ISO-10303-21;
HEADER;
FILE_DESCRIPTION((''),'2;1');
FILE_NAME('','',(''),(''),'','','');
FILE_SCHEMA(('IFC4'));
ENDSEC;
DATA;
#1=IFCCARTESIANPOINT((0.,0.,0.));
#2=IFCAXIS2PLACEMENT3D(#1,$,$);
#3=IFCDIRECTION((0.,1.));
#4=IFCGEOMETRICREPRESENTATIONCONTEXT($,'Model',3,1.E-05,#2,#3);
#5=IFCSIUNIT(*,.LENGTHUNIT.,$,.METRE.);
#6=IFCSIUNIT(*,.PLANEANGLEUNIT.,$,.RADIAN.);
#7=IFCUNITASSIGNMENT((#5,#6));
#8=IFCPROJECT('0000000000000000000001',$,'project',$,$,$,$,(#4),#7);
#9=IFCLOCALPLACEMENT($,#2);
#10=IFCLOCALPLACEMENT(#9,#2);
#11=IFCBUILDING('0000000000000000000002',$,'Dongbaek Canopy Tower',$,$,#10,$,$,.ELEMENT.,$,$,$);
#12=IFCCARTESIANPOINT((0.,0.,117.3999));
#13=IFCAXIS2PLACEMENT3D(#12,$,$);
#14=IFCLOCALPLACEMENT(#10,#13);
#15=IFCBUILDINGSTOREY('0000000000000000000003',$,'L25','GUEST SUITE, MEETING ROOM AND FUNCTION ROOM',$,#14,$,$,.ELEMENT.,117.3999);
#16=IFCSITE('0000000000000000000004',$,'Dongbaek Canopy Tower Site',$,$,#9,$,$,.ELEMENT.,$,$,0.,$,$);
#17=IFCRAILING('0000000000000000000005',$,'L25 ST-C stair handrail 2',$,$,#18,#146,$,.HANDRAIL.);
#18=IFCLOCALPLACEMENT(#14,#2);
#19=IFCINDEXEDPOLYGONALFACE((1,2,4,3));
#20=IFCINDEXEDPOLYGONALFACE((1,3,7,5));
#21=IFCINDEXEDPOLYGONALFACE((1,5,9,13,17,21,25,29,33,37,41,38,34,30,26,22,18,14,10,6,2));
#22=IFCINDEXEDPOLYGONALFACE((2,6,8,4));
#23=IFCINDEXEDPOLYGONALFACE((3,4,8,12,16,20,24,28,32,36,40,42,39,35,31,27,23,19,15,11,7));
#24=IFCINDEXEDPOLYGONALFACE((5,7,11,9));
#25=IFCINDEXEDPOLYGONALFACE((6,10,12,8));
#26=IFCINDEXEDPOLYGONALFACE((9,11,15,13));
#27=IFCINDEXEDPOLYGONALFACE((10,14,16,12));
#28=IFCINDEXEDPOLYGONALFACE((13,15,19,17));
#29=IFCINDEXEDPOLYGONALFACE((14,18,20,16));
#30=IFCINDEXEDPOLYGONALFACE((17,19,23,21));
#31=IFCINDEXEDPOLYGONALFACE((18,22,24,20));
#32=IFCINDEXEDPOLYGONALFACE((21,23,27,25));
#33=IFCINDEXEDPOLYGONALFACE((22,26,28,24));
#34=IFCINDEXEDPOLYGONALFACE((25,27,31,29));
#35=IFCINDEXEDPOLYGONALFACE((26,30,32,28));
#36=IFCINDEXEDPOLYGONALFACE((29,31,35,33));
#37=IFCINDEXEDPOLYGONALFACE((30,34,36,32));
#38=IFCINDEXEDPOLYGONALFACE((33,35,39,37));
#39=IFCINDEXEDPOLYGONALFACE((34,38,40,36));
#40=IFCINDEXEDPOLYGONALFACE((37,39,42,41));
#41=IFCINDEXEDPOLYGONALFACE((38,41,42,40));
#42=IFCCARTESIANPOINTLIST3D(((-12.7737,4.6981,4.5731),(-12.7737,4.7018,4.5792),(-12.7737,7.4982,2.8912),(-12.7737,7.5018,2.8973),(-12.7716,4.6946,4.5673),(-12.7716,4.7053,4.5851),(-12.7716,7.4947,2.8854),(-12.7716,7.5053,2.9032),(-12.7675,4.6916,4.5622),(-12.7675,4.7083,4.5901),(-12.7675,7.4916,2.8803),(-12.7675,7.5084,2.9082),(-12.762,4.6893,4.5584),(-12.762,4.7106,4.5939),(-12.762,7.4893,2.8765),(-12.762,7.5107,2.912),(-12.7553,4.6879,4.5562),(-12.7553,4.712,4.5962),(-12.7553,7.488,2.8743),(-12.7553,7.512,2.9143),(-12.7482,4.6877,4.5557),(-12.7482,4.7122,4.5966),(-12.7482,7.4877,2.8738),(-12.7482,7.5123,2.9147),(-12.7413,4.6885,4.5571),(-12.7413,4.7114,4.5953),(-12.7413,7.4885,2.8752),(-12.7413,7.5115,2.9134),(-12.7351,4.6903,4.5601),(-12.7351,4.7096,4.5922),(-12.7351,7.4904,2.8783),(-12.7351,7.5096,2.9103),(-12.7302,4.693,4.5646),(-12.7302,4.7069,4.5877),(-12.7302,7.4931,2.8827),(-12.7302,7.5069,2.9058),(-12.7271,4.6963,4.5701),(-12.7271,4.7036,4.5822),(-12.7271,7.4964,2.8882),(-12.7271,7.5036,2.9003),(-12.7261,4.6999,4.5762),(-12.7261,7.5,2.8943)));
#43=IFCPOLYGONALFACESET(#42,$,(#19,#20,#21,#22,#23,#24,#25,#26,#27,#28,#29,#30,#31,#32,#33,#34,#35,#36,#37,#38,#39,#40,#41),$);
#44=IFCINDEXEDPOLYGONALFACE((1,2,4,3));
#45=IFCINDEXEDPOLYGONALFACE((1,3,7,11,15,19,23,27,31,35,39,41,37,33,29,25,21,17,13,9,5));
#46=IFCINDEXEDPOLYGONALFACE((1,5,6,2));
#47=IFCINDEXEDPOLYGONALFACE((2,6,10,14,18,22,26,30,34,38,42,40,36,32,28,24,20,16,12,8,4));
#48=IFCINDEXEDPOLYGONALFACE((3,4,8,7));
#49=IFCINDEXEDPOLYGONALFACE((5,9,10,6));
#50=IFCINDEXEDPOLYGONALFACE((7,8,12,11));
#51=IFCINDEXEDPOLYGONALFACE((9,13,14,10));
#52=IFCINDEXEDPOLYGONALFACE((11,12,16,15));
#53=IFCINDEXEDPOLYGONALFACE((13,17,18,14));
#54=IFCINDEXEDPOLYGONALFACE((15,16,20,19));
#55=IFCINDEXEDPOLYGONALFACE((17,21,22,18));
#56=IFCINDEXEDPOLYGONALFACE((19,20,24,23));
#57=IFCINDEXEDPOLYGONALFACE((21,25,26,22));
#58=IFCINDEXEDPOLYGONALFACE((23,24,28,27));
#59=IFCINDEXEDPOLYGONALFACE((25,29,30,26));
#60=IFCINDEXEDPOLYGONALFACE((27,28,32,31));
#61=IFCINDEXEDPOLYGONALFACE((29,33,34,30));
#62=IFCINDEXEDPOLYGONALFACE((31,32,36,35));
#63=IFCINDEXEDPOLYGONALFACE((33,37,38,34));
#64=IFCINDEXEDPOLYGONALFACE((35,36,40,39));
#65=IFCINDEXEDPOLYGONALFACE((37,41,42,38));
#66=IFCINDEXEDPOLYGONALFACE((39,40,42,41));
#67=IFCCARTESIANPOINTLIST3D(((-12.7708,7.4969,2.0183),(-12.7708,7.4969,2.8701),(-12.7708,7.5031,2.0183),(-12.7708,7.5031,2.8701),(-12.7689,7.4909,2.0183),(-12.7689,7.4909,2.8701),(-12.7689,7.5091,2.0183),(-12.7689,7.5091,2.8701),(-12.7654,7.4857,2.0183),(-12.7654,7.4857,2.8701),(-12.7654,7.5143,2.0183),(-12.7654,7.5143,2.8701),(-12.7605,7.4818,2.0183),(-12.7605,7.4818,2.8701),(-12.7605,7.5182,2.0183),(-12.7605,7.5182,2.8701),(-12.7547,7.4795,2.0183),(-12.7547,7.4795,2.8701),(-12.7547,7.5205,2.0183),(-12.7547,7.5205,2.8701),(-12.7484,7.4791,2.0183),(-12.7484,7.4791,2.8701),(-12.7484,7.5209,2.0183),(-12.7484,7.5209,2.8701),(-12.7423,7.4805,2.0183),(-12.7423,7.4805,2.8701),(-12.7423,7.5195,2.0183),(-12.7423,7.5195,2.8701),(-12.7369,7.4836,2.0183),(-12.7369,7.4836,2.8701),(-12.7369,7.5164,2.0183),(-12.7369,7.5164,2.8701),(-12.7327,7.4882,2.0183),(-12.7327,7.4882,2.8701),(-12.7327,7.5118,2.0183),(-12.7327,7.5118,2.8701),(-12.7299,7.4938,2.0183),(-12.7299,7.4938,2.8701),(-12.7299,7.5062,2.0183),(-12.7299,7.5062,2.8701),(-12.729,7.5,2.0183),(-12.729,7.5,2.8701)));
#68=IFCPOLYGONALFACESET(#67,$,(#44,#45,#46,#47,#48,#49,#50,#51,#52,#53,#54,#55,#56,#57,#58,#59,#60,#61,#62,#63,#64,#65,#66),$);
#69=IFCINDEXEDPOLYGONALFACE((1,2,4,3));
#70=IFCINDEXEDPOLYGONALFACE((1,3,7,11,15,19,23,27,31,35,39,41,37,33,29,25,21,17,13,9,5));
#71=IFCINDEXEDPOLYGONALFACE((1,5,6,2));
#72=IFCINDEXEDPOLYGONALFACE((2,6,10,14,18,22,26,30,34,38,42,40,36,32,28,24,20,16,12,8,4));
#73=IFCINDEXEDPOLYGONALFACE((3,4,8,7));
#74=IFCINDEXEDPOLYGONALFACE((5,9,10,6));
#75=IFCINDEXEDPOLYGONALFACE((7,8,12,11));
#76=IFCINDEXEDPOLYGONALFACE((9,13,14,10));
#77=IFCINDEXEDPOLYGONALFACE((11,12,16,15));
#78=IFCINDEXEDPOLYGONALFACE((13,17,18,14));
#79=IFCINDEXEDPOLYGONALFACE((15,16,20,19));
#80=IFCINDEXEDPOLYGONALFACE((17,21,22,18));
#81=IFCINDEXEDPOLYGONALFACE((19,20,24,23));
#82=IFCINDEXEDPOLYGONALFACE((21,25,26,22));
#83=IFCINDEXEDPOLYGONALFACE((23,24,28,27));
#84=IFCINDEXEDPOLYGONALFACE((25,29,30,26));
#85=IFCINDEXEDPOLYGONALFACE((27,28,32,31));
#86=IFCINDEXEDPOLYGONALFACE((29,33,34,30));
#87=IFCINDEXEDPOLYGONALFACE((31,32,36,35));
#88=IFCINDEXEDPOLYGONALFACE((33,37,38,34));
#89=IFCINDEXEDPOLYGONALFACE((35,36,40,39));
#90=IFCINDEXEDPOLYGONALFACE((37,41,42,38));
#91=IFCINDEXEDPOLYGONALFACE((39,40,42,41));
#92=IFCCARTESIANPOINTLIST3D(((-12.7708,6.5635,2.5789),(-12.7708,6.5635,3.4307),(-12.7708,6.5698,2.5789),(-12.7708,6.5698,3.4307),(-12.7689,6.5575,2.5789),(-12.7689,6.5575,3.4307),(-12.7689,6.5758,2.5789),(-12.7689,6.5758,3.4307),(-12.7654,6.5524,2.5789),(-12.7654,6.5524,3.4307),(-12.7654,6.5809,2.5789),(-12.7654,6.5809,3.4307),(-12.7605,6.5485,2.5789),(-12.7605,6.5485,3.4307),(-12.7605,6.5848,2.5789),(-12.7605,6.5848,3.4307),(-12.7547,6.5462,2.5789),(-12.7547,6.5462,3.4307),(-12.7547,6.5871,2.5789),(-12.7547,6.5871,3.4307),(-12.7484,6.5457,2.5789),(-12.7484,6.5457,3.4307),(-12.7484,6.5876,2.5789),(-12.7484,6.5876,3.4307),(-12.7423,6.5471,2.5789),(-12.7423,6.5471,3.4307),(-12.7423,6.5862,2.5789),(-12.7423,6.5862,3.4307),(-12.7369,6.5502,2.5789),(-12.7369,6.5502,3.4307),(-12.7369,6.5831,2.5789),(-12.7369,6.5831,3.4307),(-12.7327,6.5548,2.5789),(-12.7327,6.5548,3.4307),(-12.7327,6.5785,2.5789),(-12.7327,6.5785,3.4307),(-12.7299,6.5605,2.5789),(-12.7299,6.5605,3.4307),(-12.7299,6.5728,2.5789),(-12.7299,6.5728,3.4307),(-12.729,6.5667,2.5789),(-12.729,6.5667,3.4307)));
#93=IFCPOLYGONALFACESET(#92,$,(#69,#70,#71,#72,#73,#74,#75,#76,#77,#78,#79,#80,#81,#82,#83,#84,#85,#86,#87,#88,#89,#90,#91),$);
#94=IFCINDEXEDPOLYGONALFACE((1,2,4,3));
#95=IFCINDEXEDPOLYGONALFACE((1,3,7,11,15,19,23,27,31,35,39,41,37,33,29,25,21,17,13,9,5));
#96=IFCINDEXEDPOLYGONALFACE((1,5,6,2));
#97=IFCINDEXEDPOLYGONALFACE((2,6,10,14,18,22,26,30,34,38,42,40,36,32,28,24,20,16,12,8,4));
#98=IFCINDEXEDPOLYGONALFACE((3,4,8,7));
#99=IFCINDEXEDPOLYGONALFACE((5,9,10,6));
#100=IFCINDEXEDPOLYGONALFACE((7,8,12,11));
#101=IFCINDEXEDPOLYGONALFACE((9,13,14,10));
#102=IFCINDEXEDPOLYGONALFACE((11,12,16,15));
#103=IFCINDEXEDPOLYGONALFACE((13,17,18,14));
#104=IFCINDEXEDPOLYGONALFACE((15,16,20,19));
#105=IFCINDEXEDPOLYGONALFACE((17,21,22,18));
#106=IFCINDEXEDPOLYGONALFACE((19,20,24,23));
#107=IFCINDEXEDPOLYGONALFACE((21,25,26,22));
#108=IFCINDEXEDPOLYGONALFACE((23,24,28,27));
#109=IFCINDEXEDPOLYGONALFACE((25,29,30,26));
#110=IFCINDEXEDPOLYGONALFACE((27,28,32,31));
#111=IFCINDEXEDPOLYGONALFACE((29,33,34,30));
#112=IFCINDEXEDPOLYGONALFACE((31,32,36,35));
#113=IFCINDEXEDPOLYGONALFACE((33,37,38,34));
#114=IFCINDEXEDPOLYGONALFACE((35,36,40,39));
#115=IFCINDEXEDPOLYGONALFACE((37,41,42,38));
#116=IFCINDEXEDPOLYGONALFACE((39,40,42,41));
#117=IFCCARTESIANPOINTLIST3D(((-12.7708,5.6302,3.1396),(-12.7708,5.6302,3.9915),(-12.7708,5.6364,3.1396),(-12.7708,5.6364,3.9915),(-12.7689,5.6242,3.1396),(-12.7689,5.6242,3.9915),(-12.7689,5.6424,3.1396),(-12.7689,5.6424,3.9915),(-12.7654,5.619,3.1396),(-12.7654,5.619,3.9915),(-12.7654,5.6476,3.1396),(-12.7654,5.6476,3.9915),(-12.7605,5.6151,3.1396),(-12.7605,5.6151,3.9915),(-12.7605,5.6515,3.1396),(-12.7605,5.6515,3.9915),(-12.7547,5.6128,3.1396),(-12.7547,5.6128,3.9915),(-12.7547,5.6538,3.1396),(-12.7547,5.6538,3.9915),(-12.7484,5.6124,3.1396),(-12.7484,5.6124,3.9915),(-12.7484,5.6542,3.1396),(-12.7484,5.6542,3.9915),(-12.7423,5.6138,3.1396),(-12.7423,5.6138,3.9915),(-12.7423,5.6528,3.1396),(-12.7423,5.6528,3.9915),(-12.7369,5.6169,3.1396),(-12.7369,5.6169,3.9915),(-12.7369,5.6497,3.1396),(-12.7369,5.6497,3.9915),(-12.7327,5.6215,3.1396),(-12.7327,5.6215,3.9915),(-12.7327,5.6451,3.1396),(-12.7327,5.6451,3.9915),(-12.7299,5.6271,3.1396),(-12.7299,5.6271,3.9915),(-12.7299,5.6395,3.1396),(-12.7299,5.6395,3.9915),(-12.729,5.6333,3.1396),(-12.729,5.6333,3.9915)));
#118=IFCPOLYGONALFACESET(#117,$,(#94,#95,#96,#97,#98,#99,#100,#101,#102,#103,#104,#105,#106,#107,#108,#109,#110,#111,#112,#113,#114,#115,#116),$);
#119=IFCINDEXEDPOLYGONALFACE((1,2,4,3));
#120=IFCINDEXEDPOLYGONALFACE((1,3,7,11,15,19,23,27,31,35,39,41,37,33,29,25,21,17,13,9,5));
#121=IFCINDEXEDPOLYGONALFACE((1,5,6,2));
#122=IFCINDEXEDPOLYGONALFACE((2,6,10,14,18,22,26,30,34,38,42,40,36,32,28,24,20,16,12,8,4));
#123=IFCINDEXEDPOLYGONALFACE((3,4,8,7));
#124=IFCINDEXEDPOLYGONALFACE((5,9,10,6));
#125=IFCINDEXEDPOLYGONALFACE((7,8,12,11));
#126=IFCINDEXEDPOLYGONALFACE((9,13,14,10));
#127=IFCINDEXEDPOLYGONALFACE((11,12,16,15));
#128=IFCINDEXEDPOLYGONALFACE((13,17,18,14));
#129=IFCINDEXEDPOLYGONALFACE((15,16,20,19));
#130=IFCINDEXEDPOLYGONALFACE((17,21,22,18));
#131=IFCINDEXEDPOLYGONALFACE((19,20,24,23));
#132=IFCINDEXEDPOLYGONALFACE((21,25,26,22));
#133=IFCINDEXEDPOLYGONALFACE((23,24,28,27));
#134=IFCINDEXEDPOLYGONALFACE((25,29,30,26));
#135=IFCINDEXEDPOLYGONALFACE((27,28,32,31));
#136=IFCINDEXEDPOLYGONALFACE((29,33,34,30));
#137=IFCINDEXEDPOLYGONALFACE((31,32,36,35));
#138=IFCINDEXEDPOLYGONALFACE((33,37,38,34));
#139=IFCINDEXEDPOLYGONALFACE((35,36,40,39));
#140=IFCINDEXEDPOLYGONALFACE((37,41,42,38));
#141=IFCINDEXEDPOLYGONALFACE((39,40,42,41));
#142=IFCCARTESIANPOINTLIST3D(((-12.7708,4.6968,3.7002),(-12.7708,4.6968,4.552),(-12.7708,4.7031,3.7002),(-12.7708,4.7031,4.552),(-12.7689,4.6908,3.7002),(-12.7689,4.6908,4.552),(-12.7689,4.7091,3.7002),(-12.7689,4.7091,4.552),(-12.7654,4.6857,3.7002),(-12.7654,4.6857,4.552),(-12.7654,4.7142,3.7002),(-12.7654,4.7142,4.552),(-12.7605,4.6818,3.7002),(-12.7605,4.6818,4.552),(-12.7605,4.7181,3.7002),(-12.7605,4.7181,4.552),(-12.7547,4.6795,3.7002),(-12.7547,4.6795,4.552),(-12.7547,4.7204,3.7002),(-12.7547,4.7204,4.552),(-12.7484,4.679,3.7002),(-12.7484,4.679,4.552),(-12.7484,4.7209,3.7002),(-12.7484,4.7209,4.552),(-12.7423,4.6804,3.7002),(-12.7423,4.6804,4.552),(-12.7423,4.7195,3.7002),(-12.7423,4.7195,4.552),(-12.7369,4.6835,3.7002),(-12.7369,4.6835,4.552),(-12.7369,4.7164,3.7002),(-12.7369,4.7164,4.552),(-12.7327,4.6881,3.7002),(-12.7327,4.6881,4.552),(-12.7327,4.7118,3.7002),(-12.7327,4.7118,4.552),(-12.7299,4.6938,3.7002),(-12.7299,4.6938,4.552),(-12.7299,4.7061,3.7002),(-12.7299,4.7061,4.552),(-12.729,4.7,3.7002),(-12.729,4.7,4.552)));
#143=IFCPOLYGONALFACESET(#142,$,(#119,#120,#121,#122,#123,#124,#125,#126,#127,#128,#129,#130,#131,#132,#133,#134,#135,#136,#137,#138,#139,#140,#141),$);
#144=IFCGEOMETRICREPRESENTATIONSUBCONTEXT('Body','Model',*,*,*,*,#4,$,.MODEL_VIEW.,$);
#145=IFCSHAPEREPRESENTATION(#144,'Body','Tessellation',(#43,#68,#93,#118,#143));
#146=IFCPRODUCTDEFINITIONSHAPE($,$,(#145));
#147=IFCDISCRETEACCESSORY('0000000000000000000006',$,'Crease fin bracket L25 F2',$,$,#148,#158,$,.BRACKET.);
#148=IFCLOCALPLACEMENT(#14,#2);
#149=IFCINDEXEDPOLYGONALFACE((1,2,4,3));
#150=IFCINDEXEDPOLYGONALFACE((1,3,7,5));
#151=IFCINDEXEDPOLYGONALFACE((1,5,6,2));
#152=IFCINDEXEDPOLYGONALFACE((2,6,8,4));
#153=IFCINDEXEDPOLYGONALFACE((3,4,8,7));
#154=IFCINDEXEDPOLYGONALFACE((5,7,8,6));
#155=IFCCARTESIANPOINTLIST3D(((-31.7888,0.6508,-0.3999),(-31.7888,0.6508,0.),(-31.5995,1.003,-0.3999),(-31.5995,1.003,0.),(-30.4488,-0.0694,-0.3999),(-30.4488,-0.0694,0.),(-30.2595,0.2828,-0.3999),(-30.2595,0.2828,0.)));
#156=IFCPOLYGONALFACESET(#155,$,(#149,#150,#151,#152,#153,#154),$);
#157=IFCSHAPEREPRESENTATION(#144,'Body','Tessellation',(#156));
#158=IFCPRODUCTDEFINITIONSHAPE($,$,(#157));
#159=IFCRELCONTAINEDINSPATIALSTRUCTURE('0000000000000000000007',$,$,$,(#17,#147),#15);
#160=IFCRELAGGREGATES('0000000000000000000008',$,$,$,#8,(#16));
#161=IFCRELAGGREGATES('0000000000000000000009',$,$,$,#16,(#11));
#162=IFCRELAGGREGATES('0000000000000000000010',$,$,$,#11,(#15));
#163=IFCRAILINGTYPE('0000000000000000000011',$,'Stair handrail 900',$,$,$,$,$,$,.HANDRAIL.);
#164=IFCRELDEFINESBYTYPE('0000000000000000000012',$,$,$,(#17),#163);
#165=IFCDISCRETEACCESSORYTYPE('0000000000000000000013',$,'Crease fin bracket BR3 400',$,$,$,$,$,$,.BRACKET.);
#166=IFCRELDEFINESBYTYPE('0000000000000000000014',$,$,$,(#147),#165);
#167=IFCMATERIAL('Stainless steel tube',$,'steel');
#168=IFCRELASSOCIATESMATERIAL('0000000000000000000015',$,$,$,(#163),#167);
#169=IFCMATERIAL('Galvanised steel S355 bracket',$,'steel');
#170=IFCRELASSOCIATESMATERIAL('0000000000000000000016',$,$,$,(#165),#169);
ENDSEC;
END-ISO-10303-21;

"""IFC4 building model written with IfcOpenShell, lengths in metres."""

from ifc_helpers import new_model, si_unit, direction, frame, origin, origin_2d, place, context, subcontext, project, spatial, rectangle, circle, extrude, material, type_object, element, save


model = new_model("IFC4")

# Units and contexts
model_context = context("Model", 3, precision=1e-05, world=origin(), true_north=direction((0.0, 1.0)))
body_context = subcontext(model_context, "Body", "Model", "MODEL_VIEW")
ifc_project = project(units=[si_unit("LENGTHUNIT", "METRE"), si_unit("PLANEANGLEUNIT", "RADIAN")], contexts=[model_context])

# Site, building, storey
site_placement = place(None, origin())
site = spatial("IfcSite", under=ifc_project, at=site_placement, Name="Dongbaek Canopy Tower Site", CompositionType="ELEMENT", RefElevation=0.0)
building_placement = place(site_placement, origin())
building = spatial("IfcBuilding", under=site, at=building_placement, Name="Dongbaek Canopy Tower", CompositionType="ELEMENT")
storey_placement = place(building_placement, frame((0.0, 0.0, 117.3999)))
storey = spatial("IfcBuildingStorey", under=building, at=storey_placement, Name="L25", Description="GUEST SUITE, MEETING ROOM AND FUNCTION ROOM", CompositionType="ELEMENT", Elevation=117.3999)

# Railing
ifc_material_1 = material(Name="Stainless steel tube", Category="steel")
railing_type = type_object("IfcRailingType", Name="Stair handrail 900", PredefinedType="HANDRAIL", material=ifc_material_1)
railing_placement = place(storey_placement, frame((-12.75, 7.5, 2.0183)))
element("IfcRailing", 1, at=railing_placement, inside=storey, type_object=railing_type, Name="L25 ST-C stair handrail 2", PredefinedType="HANDRAIL", context=body_context, shape_type="SweptSolid", body=[
    extrude(circle(Radius=0.0239, at=origin_2d()), frame((0.0, 0.0, 0.876), z_axis=(0.0, -0.857242, 0.514913), x_axis=(1.0, 0.0, 0.0)), (0.0, 0.0, 1.0), 3.2664),
    extrude(circle(Radius=0.021, at=origin_2d()), origin(), (0.0, 0.0, 1.0), 0.8518),
    extrude(circle(Radius=0.021, at=origin_2d()), frame((0.0, -0.9333, 0.5605)), (0.0, 0.0, 1.0), 0.8518),
    extrude(circle(Radius=0.021, at=origin_2d()), frame((0.0, -1.8667, 1.1213)), (0.0, 0.0, 1.0), 0.8518),
    extrude(circle(Radius=0.021, at=origin_2d()), frame((0.0, -2.8, 1.6819)), (0.0, 0.0, 1.0), 0.8518),
])

# Discrete accessory
ifc_material_2 = material(Name="Galvanised steel S355 bracket", Category="steel")
discrete_accessory_type = type_object("IfcDiscreteAccessoryType", Name="Crease fin bracket BR3 400", PredefinedType="BRACKET", material=ifc_material_2)
discrete_accessory_placement = place(storey_placement, frame((-31.0242, 0.4668, -0.3999), z_axis=(0.0, 0.0, 1.0), x_axis=(-0.880843, 0.473409, 0.0)))
element("IfcDiscreteAccessory", 2, at=discrete_accessory_placement, inside=storey, type_object=discrete_accessory_type, Name="Crease fin bracket L25 F2", PredefinedType="BRACKET", context=body_context, shape_type="SweptSolid", body=[
    extrude(rectangle(XDim=1.5212, YDim=0.3999, at=origin_2d()), origin(), (0.0, 0.0, 1.0), 0.3999),
])

save(model, "model.ifc")
